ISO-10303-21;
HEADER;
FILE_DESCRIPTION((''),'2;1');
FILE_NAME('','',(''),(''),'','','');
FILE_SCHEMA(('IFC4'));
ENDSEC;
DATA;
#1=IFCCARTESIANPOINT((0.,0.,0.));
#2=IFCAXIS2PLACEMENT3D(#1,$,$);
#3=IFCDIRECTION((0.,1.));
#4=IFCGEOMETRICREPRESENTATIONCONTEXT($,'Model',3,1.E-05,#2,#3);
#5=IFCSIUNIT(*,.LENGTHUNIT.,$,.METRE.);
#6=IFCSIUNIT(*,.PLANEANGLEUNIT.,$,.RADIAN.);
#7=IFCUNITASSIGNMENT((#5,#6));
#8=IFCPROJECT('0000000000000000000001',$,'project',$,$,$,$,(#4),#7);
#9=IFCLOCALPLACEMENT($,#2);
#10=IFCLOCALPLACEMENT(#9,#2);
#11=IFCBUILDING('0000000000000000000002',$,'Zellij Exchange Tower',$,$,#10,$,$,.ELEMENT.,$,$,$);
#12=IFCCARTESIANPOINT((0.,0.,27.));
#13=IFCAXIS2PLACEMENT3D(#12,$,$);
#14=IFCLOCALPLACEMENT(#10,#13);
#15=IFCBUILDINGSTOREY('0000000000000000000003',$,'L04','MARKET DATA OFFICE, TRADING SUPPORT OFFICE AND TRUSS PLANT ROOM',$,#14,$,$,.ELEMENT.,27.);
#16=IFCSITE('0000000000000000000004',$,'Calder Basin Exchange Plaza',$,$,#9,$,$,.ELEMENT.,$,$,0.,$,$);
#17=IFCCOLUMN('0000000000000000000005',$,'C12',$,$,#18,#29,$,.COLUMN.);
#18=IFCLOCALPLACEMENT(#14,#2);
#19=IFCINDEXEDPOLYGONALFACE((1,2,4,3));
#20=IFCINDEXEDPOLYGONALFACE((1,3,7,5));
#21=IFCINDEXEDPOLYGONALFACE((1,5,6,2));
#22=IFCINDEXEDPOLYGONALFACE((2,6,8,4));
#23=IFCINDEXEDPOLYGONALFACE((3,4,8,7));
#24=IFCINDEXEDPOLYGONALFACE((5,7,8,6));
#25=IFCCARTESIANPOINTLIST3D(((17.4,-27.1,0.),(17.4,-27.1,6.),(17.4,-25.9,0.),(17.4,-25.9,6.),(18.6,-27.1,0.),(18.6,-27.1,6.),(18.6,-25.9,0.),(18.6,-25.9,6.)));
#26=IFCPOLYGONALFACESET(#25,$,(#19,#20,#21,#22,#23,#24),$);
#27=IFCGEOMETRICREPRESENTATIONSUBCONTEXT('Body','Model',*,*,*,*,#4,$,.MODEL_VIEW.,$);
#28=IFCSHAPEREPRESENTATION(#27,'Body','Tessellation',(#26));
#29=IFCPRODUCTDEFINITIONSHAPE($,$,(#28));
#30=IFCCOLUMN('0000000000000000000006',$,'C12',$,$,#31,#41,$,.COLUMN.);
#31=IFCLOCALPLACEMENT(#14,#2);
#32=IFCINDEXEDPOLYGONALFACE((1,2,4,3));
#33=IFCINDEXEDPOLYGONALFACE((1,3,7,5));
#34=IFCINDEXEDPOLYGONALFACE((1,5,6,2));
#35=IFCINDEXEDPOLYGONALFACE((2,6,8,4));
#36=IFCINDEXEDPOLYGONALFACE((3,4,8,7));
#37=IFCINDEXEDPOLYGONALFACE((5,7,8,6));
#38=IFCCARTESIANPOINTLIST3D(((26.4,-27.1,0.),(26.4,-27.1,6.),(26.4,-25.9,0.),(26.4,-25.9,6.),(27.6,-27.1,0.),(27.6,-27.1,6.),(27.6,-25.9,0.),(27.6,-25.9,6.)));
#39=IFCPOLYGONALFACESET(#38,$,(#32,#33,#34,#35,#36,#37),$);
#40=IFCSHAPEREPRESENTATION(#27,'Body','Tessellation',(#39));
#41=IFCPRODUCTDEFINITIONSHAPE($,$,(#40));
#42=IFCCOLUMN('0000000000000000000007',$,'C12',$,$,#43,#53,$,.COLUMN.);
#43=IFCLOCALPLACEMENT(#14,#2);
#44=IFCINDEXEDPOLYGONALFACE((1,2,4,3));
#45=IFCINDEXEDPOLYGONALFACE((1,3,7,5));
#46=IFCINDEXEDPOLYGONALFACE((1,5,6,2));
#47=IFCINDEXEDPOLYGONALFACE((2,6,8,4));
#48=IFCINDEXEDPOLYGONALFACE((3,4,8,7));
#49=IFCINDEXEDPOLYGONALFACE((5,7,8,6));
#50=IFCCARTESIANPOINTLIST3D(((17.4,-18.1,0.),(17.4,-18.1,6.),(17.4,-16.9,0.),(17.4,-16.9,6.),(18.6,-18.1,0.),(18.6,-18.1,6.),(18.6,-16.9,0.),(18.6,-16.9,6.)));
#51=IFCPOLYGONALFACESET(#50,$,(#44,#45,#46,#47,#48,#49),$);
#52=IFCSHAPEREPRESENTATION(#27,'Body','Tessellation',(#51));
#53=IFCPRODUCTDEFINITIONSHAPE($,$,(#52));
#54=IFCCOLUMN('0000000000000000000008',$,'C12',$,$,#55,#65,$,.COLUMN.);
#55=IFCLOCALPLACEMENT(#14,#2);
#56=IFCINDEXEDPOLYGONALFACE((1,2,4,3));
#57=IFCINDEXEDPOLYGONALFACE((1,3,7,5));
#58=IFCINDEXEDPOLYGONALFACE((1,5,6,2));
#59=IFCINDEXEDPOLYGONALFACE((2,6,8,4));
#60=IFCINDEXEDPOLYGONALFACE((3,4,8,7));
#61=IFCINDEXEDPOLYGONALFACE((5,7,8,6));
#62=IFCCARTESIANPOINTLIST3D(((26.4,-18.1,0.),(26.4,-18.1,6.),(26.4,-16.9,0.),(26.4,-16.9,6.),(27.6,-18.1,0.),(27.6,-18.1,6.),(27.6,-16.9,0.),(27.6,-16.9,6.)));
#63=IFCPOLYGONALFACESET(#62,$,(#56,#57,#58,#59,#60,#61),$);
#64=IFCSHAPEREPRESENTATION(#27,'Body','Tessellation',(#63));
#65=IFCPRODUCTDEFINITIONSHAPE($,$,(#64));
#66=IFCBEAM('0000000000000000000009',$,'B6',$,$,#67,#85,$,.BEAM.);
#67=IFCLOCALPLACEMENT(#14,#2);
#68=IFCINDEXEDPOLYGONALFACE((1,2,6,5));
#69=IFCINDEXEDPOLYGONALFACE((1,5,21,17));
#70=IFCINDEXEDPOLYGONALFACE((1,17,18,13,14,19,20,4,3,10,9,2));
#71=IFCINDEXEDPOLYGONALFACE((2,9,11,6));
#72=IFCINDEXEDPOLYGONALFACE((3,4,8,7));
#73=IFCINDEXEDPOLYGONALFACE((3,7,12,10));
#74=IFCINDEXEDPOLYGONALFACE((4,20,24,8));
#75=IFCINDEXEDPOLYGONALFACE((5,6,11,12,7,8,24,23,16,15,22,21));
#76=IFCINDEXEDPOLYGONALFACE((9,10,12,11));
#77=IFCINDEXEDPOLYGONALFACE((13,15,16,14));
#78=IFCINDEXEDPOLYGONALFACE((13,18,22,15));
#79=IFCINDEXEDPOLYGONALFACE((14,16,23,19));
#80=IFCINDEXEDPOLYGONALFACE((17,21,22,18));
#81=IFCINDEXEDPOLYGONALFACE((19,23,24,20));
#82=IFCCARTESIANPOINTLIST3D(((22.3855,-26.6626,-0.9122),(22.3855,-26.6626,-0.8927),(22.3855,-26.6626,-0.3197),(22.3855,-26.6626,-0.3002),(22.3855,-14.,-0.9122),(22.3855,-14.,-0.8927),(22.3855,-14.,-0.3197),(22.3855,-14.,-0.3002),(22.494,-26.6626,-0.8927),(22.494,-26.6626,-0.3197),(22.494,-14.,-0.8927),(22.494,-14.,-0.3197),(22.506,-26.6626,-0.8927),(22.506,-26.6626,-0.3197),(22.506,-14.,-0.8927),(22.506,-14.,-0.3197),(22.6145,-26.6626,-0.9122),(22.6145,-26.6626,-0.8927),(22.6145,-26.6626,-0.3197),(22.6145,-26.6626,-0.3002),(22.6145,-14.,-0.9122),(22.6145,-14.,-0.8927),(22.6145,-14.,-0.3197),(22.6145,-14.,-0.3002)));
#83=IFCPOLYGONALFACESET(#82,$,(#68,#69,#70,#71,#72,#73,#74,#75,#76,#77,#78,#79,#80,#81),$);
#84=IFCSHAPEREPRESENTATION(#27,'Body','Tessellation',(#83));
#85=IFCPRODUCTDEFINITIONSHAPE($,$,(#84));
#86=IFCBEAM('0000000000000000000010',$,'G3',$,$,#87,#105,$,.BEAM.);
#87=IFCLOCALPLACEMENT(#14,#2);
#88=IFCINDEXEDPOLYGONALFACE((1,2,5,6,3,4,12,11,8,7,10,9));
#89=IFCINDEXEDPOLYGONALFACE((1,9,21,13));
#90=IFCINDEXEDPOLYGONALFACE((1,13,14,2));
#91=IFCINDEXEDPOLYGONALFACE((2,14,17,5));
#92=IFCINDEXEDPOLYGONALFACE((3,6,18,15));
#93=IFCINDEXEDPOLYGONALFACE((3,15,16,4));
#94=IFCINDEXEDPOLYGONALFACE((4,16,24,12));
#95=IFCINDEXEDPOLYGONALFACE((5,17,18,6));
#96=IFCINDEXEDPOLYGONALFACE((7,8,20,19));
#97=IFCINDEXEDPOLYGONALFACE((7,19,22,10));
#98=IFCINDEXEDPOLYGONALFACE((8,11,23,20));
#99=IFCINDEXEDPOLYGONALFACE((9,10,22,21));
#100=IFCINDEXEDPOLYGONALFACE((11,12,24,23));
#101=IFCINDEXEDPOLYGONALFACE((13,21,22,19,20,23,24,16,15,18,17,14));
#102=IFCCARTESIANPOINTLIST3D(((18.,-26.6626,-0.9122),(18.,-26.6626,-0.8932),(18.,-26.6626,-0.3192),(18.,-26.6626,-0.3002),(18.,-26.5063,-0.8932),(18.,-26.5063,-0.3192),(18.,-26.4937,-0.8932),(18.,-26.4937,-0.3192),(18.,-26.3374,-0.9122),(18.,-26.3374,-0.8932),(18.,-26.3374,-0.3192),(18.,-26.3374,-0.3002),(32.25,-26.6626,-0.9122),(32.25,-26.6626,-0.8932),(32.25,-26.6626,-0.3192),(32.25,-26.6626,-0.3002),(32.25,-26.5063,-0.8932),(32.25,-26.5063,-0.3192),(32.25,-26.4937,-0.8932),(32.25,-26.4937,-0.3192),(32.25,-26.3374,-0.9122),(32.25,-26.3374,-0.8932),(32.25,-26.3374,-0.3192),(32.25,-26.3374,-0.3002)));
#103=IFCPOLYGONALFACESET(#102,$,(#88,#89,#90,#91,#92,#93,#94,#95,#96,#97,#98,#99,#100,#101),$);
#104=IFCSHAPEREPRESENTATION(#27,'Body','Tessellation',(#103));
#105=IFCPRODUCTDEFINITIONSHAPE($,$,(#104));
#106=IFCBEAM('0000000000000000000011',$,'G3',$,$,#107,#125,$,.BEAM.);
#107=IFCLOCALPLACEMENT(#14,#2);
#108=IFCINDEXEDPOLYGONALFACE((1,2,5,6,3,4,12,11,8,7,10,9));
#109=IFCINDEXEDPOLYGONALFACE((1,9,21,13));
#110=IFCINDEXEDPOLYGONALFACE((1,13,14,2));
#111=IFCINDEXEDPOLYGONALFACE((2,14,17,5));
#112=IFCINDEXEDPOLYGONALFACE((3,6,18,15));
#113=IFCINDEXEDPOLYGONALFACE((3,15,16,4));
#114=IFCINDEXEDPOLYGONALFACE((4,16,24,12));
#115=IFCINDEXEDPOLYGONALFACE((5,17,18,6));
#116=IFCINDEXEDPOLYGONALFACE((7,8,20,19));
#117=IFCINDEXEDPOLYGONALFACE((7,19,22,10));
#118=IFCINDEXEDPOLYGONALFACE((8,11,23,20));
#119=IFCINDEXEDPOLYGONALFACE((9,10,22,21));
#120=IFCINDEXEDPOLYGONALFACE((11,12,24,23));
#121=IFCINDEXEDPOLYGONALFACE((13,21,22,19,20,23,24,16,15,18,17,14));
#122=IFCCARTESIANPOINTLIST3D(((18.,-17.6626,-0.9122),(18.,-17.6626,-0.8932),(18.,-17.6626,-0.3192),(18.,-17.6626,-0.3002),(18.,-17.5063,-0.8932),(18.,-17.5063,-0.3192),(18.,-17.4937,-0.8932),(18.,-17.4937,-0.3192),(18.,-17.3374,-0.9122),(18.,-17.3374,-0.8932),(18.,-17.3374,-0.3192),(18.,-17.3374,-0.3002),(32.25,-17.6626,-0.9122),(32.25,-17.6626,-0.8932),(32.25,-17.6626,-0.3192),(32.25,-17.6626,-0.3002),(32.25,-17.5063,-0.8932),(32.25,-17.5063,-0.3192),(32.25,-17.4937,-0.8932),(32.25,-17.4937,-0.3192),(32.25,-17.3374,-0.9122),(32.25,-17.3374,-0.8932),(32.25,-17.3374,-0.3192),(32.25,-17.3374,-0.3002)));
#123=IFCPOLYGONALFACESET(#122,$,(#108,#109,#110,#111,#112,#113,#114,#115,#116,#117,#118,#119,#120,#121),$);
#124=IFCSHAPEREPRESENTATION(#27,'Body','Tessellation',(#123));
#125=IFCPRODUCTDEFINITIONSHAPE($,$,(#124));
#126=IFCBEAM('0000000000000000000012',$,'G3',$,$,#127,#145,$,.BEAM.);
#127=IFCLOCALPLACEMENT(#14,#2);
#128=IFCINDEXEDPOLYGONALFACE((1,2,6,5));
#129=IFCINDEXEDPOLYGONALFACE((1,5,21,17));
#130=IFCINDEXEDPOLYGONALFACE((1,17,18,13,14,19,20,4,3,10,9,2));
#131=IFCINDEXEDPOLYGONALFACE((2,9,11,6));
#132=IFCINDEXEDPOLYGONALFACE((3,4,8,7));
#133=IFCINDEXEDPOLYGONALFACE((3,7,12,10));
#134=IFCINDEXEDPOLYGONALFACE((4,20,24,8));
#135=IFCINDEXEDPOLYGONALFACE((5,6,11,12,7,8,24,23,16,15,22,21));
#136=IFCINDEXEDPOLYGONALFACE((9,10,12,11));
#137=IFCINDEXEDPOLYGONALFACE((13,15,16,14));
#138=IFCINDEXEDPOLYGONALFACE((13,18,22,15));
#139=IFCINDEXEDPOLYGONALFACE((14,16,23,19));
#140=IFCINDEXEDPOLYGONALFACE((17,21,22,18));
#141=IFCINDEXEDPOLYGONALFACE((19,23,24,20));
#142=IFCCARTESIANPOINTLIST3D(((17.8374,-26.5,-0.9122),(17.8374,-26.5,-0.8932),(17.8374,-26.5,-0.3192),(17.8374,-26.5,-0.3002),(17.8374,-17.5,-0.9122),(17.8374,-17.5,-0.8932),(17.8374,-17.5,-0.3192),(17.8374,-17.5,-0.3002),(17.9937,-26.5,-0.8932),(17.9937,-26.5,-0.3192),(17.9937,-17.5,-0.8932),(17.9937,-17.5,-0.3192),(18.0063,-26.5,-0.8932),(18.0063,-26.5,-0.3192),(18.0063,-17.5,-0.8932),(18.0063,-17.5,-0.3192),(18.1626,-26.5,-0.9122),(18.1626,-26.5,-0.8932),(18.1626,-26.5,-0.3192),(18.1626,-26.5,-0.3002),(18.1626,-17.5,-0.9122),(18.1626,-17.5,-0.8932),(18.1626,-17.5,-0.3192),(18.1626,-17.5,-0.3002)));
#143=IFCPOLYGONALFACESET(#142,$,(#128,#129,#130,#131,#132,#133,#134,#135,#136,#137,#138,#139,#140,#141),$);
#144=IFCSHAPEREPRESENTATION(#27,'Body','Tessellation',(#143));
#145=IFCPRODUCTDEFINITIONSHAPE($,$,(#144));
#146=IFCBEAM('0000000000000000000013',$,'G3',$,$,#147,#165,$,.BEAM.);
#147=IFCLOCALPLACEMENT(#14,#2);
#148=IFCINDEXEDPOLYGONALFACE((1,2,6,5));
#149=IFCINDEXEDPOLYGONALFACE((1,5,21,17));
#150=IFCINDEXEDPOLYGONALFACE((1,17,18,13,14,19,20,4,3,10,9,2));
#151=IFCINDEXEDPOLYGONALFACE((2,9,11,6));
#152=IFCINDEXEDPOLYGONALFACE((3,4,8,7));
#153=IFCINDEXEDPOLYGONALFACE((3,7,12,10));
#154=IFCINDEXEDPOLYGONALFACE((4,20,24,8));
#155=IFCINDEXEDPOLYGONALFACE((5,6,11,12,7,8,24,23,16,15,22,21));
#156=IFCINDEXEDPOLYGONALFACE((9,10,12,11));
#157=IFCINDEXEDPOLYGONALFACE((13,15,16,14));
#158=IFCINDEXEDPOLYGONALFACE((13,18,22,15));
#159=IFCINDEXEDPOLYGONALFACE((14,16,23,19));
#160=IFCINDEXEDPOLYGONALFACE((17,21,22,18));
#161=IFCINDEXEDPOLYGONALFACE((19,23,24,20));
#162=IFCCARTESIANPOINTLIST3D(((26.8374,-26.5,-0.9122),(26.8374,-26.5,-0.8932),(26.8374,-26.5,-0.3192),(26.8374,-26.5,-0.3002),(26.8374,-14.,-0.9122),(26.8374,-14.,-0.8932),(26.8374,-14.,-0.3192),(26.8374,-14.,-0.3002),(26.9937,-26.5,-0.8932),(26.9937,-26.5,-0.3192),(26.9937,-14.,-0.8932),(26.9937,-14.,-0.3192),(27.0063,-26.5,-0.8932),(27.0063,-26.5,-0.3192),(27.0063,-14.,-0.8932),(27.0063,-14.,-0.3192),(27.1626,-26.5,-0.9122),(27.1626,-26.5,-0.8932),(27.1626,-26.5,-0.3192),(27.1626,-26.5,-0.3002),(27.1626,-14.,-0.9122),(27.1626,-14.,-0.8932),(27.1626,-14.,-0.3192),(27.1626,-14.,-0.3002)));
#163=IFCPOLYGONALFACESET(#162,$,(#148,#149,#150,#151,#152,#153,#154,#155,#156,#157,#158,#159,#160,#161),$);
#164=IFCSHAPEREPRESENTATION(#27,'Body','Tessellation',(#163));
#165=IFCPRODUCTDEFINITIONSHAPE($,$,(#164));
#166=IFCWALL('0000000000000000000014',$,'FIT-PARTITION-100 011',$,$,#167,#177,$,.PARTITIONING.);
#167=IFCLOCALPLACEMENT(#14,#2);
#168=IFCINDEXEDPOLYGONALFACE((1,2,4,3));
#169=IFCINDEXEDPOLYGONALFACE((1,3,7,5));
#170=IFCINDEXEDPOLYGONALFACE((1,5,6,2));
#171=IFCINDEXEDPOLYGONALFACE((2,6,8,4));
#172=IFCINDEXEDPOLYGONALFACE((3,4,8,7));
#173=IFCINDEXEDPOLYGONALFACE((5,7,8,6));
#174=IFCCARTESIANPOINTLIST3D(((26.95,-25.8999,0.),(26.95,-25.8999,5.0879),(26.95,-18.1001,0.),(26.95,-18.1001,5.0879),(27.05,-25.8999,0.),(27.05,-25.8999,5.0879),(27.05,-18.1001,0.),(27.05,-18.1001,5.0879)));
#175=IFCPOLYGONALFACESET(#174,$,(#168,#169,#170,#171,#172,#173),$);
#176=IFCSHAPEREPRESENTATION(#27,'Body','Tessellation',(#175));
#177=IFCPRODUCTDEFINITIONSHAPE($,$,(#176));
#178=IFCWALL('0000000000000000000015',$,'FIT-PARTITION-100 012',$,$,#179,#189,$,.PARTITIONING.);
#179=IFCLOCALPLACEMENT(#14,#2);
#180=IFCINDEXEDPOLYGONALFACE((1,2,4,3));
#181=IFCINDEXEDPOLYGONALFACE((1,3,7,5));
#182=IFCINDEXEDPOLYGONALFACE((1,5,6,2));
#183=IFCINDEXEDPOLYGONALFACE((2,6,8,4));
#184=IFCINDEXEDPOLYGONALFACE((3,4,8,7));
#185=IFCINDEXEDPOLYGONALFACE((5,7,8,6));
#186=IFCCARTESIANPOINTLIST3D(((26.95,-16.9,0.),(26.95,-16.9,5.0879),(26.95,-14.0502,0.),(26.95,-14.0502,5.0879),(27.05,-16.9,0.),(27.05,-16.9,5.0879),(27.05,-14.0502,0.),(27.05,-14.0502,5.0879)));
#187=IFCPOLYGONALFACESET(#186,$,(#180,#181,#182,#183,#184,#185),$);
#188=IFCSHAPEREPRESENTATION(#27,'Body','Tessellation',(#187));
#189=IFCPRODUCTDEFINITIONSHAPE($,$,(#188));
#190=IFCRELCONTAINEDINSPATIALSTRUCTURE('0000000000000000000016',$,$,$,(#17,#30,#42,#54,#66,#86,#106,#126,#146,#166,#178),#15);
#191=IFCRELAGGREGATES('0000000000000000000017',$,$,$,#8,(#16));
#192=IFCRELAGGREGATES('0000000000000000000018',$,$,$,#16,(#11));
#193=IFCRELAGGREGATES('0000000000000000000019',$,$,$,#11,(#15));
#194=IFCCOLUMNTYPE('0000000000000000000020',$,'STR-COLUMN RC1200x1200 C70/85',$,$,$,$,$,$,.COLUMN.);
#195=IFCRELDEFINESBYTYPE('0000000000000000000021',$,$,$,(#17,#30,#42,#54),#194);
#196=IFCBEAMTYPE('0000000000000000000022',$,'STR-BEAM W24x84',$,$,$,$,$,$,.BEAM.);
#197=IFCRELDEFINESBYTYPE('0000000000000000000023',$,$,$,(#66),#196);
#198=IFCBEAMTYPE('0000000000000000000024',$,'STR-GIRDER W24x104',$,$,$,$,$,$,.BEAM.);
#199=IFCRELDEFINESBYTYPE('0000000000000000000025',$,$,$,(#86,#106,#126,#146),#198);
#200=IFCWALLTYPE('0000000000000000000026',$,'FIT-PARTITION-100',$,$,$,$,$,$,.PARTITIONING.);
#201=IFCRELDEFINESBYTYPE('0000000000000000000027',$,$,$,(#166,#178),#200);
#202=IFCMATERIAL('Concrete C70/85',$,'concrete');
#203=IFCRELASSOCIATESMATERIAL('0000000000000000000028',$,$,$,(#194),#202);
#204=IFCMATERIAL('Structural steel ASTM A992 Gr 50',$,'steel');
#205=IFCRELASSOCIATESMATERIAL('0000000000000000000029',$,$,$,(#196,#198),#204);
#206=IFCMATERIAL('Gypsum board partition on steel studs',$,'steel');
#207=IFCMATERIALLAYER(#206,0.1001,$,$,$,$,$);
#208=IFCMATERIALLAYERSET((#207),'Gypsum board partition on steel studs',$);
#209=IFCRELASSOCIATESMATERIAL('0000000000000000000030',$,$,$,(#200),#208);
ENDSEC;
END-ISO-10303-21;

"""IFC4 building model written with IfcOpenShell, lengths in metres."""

from ifc_helpers import new_model, si_unit, direction, frame, frame_2d, origin, origin_2d, place, context, subcontext, project, spatial, rectangle, i_section, extrude, material, layer, layer_set, material_profile, profile_set, type_object, element, save


model = new_model("IFC4")

# Units and contexts
model_context = context("Model", 3, precision=1e-05, world=origin(), true_north=direction((0.0, 1.0)))
body_context = subcontext(model_context, "Body", "Model", "MODEL_VIEW")
ifc_project = project(units=[si_unit("LENGTHUNIT", "METRE"), si_unit("PLANEANGLEUNIT", "RADIAN")], contexts=[model_context])

# Site, building, storey
site_placement = place(None, origin())
site = spatial("IfcSite", under=ifc_project, at=site_placement, Name="Calder Basin Exchange Plaza", CompositionType="ELEMENT", RefElevation=0.0)
building_placement = place(site_placement, origin())
building = spatial("IfcBuilding", under=site, at=building_placement, Name="Zellij Exchange Tower", CompositionType="ELEMENT")
storey_placement = place(building_placement, frame((0.0, 0.0, 27.0)))
storey = spatial("IfcBuildingStorey", under=building, at=storey_placement, Name="L04", Description="MARKET DATA OFFICE, TRADING SUPPORT OFFICE AND TRUSS PLANT ROOM", CompositionType="ELEMENT", Elevation=27.0)

# Columns
ifc_material_1 = material(Name="Concrete C70/85", Category="concrete")
ifc_material_profile_1 = material_profile(ifc_material_1, rectangle(XDim=1.2, YDim=1.2, at=origin_2d()), Name="STR-COLUMN RC1200x1200 C70/85")
ifc_profile_set_1 = profile_set([ifc_material_profile_1], Name="Concrete C70/85")
column_type = type_object("IfcColumnType", Name="STR-COLUMN RC1200x1200 C70/85", PredefinedType="COLUMN", material=ifc_profile_set_1)
for number, where, z_axis, x_axis, name in (
    (1, (18.0, -26.5, 0.0), (0.0, 0.0, 1.0), (1.0, 0.0, 0.0), "C12"),
    (2, (27.0, -26.5, 0.0), (0.0, 0.0, 1.0), (1.0, 0.0, 0.0), "C12"),
    (3, (18.0, -17.5, 0.0), (0.0, 0.0, 1.0), (1.0, 0.0, 0.0), "C12"),
    (4, (27.0, -17.5, 0.0), (0.0, 0.0, 1.0), (1.0, 0.0, 0.0), "C12"),
):
    element("IfcColumn", number, at=place(storey_placement, frame(where, z_axis=z_axis, x_axis=x_axis)), inside=storey, type_object=column_type, Name=name, PredefinedType="COLUMN", context=body_context, shape_type="SweptSolid", body=[
        extrude(rectangle(XDim=1.2, YDim=1.2, at=origin_2d()), origin(), (0.0, 0.0, 1.0), 6.0),
    ])

# Beams
ifc_material_2 = material(Name="Structural steel ASTM A992 Gr 50", Category="steel")
ifc_material_profile_2 = material_profile(ifc_material_2, i_section(OverallWidth=0.229, OverallDepth=0.6121, WebThickness=0.012, FlangeThickness=0.0195, at=origin_2d()), Name="W24x84")
ifc_profile_set_2 = profile_set([ifc_material_profile_2], Name="Structural steel ASTM A992 Gr 50")
beam_type_1 = type_object("IfcBeamType", Name="STR-BEAM W24x84", PredefinedType="BEAM", material=ifc_profile_set_2)
beam_1_placement = place(storey_placement, frame((22.5, -26.6626, -0.6062), z_axis=(0.0, 1.0, 0.0), x_axis=(-1.0, 0.0, 0.0)))
element("IfcBeam", 5, at=beam_1_placement, inside=storey, type_object=beam_type_1, Name="B6", PredefinedType="BEAM", context=body_context, shape_type="SweptSolid", body=[
    extrude(i_section(OverallWidth=0.229, OverallDepth=0.6121, WebThickness=0.012, FlangeThickness=0.0195, at=origin_2d()), origin(), (0.0, 0.0, 1.0), 12.6626),
])
ifc_material_profile_3 = material_profile(ifc_material_2, i_section(OverallWidth=0.3252, OverallDepth=0.6121, WebThickness=0.0127, FlangeThickness=0.019, at=origin_2d()), Name="W24x104")
ifc_profile_set_3 = profile_set([ifc_material_profile_3], Name="Structural steel ASTM A992 Gr 50")
beam_type_2 = type_object("IfcBeamType", Name="STR-GIRDER W24x104", PredefinedType="BEAM", material=ifc_profile_set_3)
for number, where, z_axis, x_axis, name in (
    (6, (18.0, -26.5, -0.6062), (1.0, 0.0, 0.0), (0.0, 1.0, 0.0), "G3"),
    (7, (18.0, -17.5, -0.6062), (1.0, 0.0, 0.0), (0.0, 1.0, 0.0), "G3"),
):
    element("IfcBeam", number, at=place(storey_placement, frame(where, z_axis=z_axis, x_axis=x_axis)), inside=storey, type_object=beam_type_2, Name=name, PredefinedType="BEAM", context=body_context, shape_type="SweptSolid", body=[
        extrude(i_section(OverallWidth=0.3252, OverallDepth=0.6121, WebThickness=0.0127, FlangeThickness=0.019, at=origin_2d()), origin(), (0.0, 0.0, 1.0), 14.25),
    ])
beam_2_placement = place(storey_placement, frame((18.0, -26.5, -0.6062), z_axis=(0.0, 1.0, 0.0), x_axis=(-1.0, 0.0, 0.0)))
element("IfcBeam", 8, at=beam_2_placement, inside=storey, type_object=beam_type_2, Name="G3", PredefinedType="BEAM", context=body_context, shape_type="SweptSolid", body=[
    extrude(i_section(OverallWidth=0.3252, OverallDepth=0.6121, WebThickness=0.0127, FlangeThickness=0.019, at=origin_2d()), origin(), (0.0, 0.0, 1.0), 9.0),
])
beam_3_placement = place(storey_placement, frame((27.0, -26.5, -0.6062), z_axis=(0.0, 1.0, 0.0), x_axis=(-1.0, 0.0, 0.0)))
element("IfcBeam", 9, at=beam_3_placement, inside=storey, type_object=beam_type_2, Name="G3", PredefinedType="BEAM", context=body_context, shape_type="SweptSolid", body=[
    extrude(i_section(OverallWidth=0.3252, OverallDepth=0.6121, WebThickness=0.0127, FlangeThickness=0.019, at=origin_2d()), origin(), (0.0, 0.0, 1.0), 12.5),
])

# Walls
ifc_material_3 = material(Name="Gypsum board partition on steel studs", Category="steel")
ifc_layer_1 = layer(ifc_material_3, 0.1001)
ifc_layer_set_1 = layer_set([ifc_layer_1], Name="Gypsum board partition on steel studs")
wall_type_1 = type_object("IfcWallType", Name="FIT-PARTITION-100", PredefinedType="PARTITIONING", material=ifc_layer_set_1)
wall_1_placement = place(storey_placement, frame((27.0, -25.8999, 0.0), z_axis=(0.0, 0.0, 1.0), x_axis=(0.0, 1.0, 0.0)))
element("IfcWall", 10, at=wall_1_placement, inside=storey, type_object=wall_type_1, Name="FIT-PARTITION-100 011", PredefinedType="PARTITIONING", context=body_context, shape_type="SweptSolid", body=[
    extrude(rectangle(XDim=7.7998, YDim=0.1001, at=frame_2d((3.8999, 0.0))), origin(), (0.0, 0.0, 1.0), 5.0879),
])
wall_2_placement = place(storey_placement, frame((27.0, -16.8999, 0.0), z_axis=(0.0, 0.0, 1.0), x_axis=(0.0, 1.0, 0.0)))
element("IfcWall", 11, at=wall_2_placement, inside=storey, type_object=wall_type_1, Name="FIT-PARTITION-100 012", PredefinedType="PARTITIONING", context=body_context, shape_type="SweptSolid", body=[
    extrude(rectangle(XDim=2.8499, YDim=0.1001, at=frame_2d((1.4248, 0.0))), origin(), (0.0, 0.0, 1.0), 5.0879),
])

save(model, "model.ifc")
